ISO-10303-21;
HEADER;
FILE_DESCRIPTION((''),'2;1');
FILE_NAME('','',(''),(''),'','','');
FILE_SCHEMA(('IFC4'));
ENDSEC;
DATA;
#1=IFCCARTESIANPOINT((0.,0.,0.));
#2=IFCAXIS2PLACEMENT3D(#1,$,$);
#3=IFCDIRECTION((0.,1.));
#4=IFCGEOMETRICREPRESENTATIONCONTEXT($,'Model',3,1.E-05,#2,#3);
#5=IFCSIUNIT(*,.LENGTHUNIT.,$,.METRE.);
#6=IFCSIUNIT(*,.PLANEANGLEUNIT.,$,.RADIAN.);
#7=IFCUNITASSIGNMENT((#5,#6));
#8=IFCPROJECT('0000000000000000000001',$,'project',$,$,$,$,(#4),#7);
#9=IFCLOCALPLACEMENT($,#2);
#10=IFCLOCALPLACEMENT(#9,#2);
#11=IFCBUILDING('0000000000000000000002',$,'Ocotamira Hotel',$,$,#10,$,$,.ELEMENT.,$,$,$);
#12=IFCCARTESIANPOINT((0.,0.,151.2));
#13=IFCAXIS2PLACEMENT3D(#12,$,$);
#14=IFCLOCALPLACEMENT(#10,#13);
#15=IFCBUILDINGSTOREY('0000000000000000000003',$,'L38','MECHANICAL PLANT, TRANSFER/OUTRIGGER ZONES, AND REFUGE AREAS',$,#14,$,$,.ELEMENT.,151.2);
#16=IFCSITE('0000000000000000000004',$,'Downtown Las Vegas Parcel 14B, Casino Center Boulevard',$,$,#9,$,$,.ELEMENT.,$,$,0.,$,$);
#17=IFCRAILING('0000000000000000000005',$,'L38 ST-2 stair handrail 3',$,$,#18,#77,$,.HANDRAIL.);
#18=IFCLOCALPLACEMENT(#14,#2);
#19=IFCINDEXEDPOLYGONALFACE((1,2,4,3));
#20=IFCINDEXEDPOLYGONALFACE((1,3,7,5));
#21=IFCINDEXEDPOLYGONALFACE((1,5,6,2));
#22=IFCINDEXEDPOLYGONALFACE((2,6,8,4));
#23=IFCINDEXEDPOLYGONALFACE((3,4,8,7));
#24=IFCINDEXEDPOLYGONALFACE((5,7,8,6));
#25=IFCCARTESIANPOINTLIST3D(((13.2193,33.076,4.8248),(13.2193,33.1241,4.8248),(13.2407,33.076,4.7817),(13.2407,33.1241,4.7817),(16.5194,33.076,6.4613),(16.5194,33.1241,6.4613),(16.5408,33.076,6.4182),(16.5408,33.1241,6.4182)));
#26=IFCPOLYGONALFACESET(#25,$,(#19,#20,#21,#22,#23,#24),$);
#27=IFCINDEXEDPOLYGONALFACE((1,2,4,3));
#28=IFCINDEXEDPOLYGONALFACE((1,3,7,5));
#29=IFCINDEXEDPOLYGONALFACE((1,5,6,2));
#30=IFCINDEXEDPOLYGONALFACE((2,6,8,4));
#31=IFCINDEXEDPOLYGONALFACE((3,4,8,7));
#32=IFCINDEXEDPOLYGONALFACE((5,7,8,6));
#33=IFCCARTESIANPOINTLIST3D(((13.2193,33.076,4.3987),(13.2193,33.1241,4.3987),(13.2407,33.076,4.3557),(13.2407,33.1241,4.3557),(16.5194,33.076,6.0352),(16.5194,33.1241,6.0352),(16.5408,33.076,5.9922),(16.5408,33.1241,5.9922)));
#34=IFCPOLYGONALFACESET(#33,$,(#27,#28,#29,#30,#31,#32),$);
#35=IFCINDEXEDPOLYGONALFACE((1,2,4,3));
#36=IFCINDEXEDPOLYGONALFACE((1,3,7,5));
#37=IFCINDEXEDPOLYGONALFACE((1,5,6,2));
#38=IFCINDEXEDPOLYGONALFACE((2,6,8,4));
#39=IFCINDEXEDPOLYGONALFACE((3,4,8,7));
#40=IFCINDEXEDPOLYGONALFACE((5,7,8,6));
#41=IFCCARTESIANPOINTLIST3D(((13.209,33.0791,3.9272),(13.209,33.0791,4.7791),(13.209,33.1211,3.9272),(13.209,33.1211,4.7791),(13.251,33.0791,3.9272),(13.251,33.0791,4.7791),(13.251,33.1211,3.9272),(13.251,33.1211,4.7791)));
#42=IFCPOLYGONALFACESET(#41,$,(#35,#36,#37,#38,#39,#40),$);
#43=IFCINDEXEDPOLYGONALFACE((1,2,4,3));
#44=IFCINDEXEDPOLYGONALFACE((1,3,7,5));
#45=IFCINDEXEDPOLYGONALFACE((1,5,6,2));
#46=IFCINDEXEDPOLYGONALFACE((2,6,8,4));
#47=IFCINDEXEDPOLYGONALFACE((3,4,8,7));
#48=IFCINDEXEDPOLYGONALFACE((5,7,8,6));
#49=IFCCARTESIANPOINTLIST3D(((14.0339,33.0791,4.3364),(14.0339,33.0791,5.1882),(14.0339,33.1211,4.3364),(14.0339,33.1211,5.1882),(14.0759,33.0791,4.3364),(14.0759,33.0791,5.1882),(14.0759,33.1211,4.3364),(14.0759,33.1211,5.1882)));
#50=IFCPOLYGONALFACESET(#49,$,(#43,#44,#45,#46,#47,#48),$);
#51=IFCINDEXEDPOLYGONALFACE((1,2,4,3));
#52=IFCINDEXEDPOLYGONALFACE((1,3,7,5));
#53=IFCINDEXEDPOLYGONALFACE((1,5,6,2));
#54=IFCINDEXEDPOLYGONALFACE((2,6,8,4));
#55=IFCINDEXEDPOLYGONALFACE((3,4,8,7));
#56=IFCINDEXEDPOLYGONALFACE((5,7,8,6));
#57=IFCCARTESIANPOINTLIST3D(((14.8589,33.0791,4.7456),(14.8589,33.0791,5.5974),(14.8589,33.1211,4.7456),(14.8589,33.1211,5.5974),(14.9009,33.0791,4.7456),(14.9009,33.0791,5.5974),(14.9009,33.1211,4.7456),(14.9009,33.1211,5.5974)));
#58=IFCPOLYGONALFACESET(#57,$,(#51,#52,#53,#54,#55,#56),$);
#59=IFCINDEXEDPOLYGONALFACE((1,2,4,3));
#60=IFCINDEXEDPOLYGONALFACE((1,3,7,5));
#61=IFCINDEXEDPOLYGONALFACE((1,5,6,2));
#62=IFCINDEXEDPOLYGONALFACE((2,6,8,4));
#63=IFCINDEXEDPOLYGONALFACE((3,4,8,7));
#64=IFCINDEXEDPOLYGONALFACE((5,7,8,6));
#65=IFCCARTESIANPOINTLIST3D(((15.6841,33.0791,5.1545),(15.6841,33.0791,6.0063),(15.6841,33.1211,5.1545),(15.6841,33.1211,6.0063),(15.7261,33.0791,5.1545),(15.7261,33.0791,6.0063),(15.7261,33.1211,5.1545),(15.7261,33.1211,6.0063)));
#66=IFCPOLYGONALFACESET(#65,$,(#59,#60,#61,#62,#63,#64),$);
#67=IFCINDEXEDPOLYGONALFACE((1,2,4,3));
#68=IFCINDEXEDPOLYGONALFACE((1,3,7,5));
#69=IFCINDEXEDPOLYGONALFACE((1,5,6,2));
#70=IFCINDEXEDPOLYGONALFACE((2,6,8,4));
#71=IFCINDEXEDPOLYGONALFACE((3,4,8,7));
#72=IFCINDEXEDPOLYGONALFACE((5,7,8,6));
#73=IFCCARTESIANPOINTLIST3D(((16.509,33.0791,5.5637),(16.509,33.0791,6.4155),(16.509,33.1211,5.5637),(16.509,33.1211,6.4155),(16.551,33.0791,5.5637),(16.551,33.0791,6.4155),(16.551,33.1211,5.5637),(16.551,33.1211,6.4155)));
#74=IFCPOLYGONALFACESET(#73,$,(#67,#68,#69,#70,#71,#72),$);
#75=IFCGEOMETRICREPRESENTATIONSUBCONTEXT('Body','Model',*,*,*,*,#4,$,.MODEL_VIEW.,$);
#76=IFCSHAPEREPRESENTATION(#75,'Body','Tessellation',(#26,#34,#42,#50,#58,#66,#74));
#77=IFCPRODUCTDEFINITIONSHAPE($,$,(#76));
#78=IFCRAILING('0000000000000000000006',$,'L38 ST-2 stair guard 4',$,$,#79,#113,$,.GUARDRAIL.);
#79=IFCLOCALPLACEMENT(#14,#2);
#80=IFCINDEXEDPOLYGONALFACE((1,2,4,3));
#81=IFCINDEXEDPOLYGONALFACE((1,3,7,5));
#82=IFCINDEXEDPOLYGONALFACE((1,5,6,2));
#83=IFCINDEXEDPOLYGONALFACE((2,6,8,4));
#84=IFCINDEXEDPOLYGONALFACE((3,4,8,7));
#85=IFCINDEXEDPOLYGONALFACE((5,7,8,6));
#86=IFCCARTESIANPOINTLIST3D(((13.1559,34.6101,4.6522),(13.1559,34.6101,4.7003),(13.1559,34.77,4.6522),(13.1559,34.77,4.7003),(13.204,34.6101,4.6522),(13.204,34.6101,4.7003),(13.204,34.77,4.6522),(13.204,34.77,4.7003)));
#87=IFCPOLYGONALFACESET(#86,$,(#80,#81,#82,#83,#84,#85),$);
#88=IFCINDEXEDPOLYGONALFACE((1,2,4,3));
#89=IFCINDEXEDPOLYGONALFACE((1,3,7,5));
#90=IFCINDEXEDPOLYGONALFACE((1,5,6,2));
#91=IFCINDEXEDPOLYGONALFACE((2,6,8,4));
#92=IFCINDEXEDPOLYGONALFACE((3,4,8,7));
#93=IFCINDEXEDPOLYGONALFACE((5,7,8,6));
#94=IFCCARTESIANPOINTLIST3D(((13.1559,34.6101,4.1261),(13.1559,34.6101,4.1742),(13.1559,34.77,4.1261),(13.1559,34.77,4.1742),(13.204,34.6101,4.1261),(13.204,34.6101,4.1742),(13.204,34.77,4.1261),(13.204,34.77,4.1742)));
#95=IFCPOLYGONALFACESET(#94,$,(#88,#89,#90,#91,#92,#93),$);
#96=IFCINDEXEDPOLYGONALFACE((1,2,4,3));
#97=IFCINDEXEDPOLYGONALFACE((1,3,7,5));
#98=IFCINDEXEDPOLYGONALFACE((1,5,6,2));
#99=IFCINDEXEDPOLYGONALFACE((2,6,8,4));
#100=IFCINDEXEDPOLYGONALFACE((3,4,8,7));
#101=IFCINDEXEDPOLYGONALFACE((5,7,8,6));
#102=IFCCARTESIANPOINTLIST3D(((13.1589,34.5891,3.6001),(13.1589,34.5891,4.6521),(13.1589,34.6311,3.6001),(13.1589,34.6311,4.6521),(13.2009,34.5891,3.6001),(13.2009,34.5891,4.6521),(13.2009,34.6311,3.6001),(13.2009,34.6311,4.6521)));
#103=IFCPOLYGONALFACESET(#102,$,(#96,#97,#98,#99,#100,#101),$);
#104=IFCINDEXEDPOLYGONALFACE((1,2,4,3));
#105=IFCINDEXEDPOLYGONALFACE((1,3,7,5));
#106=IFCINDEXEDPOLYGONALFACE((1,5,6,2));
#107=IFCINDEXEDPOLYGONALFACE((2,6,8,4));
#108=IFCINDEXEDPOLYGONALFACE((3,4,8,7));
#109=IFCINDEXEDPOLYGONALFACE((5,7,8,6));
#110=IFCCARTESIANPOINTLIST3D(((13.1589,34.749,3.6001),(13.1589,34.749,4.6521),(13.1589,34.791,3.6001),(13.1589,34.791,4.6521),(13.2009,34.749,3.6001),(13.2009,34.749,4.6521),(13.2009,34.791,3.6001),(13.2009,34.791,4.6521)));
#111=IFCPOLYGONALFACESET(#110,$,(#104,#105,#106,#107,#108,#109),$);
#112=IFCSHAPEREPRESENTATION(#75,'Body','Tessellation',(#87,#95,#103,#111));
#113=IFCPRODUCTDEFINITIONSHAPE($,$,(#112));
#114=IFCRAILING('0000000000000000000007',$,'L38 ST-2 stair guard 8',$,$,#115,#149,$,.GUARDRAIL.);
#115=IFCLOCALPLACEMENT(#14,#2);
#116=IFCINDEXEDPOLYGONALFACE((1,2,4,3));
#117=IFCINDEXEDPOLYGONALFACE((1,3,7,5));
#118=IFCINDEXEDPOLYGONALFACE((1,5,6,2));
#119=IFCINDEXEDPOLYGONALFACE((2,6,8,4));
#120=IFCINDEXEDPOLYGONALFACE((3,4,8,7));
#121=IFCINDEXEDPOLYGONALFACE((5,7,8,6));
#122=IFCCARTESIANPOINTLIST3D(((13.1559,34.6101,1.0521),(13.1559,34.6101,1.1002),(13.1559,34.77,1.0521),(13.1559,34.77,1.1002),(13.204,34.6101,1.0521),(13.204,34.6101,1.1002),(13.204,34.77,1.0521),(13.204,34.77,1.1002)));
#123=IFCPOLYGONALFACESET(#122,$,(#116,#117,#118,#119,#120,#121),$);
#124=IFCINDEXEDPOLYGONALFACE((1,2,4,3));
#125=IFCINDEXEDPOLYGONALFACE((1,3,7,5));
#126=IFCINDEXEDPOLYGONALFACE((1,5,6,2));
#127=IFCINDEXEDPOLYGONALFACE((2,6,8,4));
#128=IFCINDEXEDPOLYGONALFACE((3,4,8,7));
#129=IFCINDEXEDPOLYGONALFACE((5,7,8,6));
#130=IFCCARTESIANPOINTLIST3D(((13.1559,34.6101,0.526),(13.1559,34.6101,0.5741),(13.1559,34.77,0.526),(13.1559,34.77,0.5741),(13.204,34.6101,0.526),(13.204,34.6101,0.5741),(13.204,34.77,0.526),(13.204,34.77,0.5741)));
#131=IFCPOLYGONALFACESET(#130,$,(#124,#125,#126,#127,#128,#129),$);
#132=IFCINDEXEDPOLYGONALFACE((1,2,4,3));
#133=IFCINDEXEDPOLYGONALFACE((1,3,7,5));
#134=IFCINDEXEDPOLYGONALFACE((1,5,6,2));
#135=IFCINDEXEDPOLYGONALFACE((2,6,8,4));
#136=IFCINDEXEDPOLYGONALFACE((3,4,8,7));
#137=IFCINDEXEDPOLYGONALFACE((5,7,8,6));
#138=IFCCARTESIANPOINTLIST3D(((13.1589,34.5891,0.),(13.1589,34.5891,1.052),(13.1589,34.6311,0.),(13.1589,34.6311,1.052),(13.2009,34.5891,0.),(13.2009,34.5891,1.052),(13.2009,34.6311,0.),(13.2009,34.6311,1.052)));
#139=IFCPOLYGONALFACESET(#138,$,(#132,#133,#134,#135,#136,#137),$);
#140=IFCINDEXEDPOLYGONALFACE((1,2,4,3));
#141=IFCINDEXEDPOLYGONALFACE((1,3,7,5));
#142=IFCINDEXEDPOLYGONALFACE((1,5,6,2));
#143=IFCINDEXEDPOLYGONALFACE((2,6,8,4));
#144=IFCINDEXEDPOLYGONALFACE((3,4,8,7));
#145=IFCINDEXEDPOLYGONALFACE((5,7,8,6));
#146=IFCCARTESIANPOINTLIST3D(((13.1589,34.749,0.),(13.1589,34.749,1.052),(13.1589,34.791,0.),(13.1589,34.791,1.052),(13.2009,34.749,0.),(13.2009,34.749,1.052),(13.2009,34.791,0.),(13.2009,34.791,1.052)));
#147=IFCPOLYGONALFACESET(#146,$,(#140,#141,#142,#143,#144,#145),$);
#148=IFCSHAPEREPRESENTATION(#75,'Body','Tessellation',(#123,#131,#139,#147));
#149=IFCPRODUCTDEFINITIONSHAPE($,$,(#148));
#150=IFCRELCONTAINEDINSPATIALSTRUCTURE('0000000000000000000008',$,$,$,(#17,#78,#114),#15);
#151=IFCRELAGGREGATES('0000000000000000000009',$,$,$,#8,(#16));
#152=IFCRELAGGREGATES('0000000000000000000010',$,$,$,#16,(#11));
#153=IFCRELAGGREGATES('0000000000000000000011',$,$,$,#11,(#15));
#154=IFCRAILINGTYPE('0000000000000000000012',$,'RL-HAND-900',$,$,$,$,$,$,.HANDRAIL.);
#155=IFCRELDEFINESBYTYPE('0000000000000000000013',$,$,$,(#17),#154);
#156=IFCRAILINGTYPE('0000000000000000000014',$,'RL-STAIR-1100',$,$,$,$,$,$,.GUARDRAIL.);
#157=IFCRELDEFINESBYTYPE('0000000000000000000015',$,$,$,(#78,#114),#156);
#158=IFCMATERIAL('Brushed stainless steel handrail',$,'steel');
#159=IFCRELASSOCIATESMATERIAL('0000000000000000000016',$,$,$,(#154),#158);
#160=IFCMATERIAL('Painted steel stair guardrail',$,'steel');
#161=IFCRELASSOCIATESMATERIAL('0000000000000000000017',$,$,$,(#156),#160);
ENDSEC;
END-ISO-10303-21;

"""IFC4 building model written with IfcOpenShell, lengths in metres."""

from ifc_helpers import new_model, si_unit, direction, frame, origin, origin_2d, place, context, subcontext, project, spatial, rectangle, extrude, material, type_object, element, save


model = new_model("IFC4")

# Units and contexts
model_context = context("Model", 3, precision=1e-05, world=origin(), true_north=direction((0.0, 1.0)))
body_context = subcontext(model_context, "Body", "Model", "MODEL_VIEW")
ifc_project = project(units=[si_unit("LENGTHUNIT", "METRE"), si_unit("PLANEANGLEUNIT", "RADIAN")], contexts=[model_context])

# Site, building, storey
site_placement = place(None, origin())
site = spatial("IfcSite", under=ifc_project, at=site_placement, Name="Downtown Las Vegas Parcel 14B, Casino Center Boulevard", CompositionType="ELEMENT", RefElevation=0.0)
building_placement = place(site_placement, origin())
building = spatial("IfcBuilding", under=site, at=building_placement, Name="Ocotamira Hotel", CompositionType="ELEMENT")
storey_placement = place(building_placement, frame((0.0, 0.0, 151.2)))
storey = spatial("IfcBuildingStorey", under=building, at=storey_placement, Name="L38", Description="MECHANICAL PLANT, TRANSFER/OUTRIGGER ZONES, AND REFUGE AREAS", CompositionType="ELEMENT", Elevation=151.2)

# Railings
ifc_material_1 = material(Name="Brushed stainless steel handrail", Category="steel")
railing_type_1 = type_object("IfcRailingType", Name="RL-HAND-900", PredefinedType="HANDRAIL", material=ifc_material_1)
railing_1_placement = place(storey_placement, frame((13.23, 33.1001, 3.9272)))
element("IfcRailing", 1, at=railing_1_placement, inside=storey, type_object=railing_type_1, Name="L38 ST-2 stair handrail 3", PredefinedType="HANDRAIL", context=body_context, shape_type="SweptSolid", body=[
    extrude(rectangle(XDim=0.0481, YDim=0.0481, at=origin_2d()), frame((0.0, 0.0, 0.876), z_axis=(0.895894, 0.0, 0.444268), x_axis=(0.0, 1.0, 0.0)), (0.0, 0.0, 1.0), 3.6836),
    extrude(rectangle(XDim=0.0481, YDim=0.0481, at=origin_2d()), frame((0.0, 0.0, 0.45), z_axis=(0.895894, 0.0, 0.444268), x_axis=(0.0, 1.0, 0.0)), (0.0, 0.0, 1.0), 3.6836),
    extrude(rectangle(XDim=0.042, YDim=0.042, at=origin_2d()), origin(), (0.0, 0.0, 1.0), 0.8518),
    extrude(rectangle(XDim=0.042, YDim=0.042, at=origin_2d()), frame((0.825, 0.0, 0.4092)), (0.0, 0.0, 1.0), 0.8518),
    extrude(rectangle(XDim=0.042, YDim=0.042, at=origin_2d()), frame((1.6499, 0.0, 0.8184)), (0.0, 0.0, 1.0), 0.8518),
    extrude(rectangle(XDim=0.042, YDim=0.042, at=origin_2d()), frame((2.4751, 0.0, 1.2273)), (0.0, 0.0, 1.0), 0.8518),
    extrude(rectangle(XDim=0.042, YDim=0.042, at=origin_2d()), frame((3.3, 0.0, 1.6365)), (0.0, 0.0, 1.0), 0.8518),
])
ifc_material_2 = material(Name="Painted steel stair guardrail", Category="steel")
railing_type_2 = type_object("IfcRailingType", Name="RL-STAIR-1100", PredefinedType="GUARDRAIL", material=ifc_material_2)
for number, where, name in (
    (2, (13.1799, 34.6101, 3.6001), "L38 ST-2 stair guard 4"),
    (3, (13.1799, 34.6101, 0.0), "L38 ST-2 stair guard 8"),
):
    element("IfcRailing", number, at=place(storey_placement, frame(where)), inside=storey, type_object=railing_type_2, Name=name, PredefinedType="GUARDRAIL", context=body_context, shape_type="SweptSolid", body=[
        extrude(rectangle(XDim=0.0481, YDim=0.0481, at=origin_2d()), frame((0.0, 0.0, 1.0762), z_axis=(0.0, 1.0, 0.0), x_axis=(-1.0, 0.0, 0.0)), (0.0, 0.0, 1.0), 0.1599),
        extrude(rectangle(XDim=0.0481, YDim=0.0481, at=origin_2d()), frame((0.0, 0.0, 0.55), z_axis=(0.0, 1.0, 0.0), x_axis=(-1.0, 0.0, 0.0)), (0.0, 0.0, 1.0), 0.1599),
        extrude(rectangle(XDim=0.042, YDim=0.042, at=origin_2d()), origin(), (0.0, 0.0, 1.0), 1.052),
        extrude(rectangle(XDim=0.042, YDim=0.042, at=origin_2d()), frame((0.0, 0.1599, 0.0)), (0.0, 0.0, 1.0), 1.052),
    ])

save(model, "model.ifc")
